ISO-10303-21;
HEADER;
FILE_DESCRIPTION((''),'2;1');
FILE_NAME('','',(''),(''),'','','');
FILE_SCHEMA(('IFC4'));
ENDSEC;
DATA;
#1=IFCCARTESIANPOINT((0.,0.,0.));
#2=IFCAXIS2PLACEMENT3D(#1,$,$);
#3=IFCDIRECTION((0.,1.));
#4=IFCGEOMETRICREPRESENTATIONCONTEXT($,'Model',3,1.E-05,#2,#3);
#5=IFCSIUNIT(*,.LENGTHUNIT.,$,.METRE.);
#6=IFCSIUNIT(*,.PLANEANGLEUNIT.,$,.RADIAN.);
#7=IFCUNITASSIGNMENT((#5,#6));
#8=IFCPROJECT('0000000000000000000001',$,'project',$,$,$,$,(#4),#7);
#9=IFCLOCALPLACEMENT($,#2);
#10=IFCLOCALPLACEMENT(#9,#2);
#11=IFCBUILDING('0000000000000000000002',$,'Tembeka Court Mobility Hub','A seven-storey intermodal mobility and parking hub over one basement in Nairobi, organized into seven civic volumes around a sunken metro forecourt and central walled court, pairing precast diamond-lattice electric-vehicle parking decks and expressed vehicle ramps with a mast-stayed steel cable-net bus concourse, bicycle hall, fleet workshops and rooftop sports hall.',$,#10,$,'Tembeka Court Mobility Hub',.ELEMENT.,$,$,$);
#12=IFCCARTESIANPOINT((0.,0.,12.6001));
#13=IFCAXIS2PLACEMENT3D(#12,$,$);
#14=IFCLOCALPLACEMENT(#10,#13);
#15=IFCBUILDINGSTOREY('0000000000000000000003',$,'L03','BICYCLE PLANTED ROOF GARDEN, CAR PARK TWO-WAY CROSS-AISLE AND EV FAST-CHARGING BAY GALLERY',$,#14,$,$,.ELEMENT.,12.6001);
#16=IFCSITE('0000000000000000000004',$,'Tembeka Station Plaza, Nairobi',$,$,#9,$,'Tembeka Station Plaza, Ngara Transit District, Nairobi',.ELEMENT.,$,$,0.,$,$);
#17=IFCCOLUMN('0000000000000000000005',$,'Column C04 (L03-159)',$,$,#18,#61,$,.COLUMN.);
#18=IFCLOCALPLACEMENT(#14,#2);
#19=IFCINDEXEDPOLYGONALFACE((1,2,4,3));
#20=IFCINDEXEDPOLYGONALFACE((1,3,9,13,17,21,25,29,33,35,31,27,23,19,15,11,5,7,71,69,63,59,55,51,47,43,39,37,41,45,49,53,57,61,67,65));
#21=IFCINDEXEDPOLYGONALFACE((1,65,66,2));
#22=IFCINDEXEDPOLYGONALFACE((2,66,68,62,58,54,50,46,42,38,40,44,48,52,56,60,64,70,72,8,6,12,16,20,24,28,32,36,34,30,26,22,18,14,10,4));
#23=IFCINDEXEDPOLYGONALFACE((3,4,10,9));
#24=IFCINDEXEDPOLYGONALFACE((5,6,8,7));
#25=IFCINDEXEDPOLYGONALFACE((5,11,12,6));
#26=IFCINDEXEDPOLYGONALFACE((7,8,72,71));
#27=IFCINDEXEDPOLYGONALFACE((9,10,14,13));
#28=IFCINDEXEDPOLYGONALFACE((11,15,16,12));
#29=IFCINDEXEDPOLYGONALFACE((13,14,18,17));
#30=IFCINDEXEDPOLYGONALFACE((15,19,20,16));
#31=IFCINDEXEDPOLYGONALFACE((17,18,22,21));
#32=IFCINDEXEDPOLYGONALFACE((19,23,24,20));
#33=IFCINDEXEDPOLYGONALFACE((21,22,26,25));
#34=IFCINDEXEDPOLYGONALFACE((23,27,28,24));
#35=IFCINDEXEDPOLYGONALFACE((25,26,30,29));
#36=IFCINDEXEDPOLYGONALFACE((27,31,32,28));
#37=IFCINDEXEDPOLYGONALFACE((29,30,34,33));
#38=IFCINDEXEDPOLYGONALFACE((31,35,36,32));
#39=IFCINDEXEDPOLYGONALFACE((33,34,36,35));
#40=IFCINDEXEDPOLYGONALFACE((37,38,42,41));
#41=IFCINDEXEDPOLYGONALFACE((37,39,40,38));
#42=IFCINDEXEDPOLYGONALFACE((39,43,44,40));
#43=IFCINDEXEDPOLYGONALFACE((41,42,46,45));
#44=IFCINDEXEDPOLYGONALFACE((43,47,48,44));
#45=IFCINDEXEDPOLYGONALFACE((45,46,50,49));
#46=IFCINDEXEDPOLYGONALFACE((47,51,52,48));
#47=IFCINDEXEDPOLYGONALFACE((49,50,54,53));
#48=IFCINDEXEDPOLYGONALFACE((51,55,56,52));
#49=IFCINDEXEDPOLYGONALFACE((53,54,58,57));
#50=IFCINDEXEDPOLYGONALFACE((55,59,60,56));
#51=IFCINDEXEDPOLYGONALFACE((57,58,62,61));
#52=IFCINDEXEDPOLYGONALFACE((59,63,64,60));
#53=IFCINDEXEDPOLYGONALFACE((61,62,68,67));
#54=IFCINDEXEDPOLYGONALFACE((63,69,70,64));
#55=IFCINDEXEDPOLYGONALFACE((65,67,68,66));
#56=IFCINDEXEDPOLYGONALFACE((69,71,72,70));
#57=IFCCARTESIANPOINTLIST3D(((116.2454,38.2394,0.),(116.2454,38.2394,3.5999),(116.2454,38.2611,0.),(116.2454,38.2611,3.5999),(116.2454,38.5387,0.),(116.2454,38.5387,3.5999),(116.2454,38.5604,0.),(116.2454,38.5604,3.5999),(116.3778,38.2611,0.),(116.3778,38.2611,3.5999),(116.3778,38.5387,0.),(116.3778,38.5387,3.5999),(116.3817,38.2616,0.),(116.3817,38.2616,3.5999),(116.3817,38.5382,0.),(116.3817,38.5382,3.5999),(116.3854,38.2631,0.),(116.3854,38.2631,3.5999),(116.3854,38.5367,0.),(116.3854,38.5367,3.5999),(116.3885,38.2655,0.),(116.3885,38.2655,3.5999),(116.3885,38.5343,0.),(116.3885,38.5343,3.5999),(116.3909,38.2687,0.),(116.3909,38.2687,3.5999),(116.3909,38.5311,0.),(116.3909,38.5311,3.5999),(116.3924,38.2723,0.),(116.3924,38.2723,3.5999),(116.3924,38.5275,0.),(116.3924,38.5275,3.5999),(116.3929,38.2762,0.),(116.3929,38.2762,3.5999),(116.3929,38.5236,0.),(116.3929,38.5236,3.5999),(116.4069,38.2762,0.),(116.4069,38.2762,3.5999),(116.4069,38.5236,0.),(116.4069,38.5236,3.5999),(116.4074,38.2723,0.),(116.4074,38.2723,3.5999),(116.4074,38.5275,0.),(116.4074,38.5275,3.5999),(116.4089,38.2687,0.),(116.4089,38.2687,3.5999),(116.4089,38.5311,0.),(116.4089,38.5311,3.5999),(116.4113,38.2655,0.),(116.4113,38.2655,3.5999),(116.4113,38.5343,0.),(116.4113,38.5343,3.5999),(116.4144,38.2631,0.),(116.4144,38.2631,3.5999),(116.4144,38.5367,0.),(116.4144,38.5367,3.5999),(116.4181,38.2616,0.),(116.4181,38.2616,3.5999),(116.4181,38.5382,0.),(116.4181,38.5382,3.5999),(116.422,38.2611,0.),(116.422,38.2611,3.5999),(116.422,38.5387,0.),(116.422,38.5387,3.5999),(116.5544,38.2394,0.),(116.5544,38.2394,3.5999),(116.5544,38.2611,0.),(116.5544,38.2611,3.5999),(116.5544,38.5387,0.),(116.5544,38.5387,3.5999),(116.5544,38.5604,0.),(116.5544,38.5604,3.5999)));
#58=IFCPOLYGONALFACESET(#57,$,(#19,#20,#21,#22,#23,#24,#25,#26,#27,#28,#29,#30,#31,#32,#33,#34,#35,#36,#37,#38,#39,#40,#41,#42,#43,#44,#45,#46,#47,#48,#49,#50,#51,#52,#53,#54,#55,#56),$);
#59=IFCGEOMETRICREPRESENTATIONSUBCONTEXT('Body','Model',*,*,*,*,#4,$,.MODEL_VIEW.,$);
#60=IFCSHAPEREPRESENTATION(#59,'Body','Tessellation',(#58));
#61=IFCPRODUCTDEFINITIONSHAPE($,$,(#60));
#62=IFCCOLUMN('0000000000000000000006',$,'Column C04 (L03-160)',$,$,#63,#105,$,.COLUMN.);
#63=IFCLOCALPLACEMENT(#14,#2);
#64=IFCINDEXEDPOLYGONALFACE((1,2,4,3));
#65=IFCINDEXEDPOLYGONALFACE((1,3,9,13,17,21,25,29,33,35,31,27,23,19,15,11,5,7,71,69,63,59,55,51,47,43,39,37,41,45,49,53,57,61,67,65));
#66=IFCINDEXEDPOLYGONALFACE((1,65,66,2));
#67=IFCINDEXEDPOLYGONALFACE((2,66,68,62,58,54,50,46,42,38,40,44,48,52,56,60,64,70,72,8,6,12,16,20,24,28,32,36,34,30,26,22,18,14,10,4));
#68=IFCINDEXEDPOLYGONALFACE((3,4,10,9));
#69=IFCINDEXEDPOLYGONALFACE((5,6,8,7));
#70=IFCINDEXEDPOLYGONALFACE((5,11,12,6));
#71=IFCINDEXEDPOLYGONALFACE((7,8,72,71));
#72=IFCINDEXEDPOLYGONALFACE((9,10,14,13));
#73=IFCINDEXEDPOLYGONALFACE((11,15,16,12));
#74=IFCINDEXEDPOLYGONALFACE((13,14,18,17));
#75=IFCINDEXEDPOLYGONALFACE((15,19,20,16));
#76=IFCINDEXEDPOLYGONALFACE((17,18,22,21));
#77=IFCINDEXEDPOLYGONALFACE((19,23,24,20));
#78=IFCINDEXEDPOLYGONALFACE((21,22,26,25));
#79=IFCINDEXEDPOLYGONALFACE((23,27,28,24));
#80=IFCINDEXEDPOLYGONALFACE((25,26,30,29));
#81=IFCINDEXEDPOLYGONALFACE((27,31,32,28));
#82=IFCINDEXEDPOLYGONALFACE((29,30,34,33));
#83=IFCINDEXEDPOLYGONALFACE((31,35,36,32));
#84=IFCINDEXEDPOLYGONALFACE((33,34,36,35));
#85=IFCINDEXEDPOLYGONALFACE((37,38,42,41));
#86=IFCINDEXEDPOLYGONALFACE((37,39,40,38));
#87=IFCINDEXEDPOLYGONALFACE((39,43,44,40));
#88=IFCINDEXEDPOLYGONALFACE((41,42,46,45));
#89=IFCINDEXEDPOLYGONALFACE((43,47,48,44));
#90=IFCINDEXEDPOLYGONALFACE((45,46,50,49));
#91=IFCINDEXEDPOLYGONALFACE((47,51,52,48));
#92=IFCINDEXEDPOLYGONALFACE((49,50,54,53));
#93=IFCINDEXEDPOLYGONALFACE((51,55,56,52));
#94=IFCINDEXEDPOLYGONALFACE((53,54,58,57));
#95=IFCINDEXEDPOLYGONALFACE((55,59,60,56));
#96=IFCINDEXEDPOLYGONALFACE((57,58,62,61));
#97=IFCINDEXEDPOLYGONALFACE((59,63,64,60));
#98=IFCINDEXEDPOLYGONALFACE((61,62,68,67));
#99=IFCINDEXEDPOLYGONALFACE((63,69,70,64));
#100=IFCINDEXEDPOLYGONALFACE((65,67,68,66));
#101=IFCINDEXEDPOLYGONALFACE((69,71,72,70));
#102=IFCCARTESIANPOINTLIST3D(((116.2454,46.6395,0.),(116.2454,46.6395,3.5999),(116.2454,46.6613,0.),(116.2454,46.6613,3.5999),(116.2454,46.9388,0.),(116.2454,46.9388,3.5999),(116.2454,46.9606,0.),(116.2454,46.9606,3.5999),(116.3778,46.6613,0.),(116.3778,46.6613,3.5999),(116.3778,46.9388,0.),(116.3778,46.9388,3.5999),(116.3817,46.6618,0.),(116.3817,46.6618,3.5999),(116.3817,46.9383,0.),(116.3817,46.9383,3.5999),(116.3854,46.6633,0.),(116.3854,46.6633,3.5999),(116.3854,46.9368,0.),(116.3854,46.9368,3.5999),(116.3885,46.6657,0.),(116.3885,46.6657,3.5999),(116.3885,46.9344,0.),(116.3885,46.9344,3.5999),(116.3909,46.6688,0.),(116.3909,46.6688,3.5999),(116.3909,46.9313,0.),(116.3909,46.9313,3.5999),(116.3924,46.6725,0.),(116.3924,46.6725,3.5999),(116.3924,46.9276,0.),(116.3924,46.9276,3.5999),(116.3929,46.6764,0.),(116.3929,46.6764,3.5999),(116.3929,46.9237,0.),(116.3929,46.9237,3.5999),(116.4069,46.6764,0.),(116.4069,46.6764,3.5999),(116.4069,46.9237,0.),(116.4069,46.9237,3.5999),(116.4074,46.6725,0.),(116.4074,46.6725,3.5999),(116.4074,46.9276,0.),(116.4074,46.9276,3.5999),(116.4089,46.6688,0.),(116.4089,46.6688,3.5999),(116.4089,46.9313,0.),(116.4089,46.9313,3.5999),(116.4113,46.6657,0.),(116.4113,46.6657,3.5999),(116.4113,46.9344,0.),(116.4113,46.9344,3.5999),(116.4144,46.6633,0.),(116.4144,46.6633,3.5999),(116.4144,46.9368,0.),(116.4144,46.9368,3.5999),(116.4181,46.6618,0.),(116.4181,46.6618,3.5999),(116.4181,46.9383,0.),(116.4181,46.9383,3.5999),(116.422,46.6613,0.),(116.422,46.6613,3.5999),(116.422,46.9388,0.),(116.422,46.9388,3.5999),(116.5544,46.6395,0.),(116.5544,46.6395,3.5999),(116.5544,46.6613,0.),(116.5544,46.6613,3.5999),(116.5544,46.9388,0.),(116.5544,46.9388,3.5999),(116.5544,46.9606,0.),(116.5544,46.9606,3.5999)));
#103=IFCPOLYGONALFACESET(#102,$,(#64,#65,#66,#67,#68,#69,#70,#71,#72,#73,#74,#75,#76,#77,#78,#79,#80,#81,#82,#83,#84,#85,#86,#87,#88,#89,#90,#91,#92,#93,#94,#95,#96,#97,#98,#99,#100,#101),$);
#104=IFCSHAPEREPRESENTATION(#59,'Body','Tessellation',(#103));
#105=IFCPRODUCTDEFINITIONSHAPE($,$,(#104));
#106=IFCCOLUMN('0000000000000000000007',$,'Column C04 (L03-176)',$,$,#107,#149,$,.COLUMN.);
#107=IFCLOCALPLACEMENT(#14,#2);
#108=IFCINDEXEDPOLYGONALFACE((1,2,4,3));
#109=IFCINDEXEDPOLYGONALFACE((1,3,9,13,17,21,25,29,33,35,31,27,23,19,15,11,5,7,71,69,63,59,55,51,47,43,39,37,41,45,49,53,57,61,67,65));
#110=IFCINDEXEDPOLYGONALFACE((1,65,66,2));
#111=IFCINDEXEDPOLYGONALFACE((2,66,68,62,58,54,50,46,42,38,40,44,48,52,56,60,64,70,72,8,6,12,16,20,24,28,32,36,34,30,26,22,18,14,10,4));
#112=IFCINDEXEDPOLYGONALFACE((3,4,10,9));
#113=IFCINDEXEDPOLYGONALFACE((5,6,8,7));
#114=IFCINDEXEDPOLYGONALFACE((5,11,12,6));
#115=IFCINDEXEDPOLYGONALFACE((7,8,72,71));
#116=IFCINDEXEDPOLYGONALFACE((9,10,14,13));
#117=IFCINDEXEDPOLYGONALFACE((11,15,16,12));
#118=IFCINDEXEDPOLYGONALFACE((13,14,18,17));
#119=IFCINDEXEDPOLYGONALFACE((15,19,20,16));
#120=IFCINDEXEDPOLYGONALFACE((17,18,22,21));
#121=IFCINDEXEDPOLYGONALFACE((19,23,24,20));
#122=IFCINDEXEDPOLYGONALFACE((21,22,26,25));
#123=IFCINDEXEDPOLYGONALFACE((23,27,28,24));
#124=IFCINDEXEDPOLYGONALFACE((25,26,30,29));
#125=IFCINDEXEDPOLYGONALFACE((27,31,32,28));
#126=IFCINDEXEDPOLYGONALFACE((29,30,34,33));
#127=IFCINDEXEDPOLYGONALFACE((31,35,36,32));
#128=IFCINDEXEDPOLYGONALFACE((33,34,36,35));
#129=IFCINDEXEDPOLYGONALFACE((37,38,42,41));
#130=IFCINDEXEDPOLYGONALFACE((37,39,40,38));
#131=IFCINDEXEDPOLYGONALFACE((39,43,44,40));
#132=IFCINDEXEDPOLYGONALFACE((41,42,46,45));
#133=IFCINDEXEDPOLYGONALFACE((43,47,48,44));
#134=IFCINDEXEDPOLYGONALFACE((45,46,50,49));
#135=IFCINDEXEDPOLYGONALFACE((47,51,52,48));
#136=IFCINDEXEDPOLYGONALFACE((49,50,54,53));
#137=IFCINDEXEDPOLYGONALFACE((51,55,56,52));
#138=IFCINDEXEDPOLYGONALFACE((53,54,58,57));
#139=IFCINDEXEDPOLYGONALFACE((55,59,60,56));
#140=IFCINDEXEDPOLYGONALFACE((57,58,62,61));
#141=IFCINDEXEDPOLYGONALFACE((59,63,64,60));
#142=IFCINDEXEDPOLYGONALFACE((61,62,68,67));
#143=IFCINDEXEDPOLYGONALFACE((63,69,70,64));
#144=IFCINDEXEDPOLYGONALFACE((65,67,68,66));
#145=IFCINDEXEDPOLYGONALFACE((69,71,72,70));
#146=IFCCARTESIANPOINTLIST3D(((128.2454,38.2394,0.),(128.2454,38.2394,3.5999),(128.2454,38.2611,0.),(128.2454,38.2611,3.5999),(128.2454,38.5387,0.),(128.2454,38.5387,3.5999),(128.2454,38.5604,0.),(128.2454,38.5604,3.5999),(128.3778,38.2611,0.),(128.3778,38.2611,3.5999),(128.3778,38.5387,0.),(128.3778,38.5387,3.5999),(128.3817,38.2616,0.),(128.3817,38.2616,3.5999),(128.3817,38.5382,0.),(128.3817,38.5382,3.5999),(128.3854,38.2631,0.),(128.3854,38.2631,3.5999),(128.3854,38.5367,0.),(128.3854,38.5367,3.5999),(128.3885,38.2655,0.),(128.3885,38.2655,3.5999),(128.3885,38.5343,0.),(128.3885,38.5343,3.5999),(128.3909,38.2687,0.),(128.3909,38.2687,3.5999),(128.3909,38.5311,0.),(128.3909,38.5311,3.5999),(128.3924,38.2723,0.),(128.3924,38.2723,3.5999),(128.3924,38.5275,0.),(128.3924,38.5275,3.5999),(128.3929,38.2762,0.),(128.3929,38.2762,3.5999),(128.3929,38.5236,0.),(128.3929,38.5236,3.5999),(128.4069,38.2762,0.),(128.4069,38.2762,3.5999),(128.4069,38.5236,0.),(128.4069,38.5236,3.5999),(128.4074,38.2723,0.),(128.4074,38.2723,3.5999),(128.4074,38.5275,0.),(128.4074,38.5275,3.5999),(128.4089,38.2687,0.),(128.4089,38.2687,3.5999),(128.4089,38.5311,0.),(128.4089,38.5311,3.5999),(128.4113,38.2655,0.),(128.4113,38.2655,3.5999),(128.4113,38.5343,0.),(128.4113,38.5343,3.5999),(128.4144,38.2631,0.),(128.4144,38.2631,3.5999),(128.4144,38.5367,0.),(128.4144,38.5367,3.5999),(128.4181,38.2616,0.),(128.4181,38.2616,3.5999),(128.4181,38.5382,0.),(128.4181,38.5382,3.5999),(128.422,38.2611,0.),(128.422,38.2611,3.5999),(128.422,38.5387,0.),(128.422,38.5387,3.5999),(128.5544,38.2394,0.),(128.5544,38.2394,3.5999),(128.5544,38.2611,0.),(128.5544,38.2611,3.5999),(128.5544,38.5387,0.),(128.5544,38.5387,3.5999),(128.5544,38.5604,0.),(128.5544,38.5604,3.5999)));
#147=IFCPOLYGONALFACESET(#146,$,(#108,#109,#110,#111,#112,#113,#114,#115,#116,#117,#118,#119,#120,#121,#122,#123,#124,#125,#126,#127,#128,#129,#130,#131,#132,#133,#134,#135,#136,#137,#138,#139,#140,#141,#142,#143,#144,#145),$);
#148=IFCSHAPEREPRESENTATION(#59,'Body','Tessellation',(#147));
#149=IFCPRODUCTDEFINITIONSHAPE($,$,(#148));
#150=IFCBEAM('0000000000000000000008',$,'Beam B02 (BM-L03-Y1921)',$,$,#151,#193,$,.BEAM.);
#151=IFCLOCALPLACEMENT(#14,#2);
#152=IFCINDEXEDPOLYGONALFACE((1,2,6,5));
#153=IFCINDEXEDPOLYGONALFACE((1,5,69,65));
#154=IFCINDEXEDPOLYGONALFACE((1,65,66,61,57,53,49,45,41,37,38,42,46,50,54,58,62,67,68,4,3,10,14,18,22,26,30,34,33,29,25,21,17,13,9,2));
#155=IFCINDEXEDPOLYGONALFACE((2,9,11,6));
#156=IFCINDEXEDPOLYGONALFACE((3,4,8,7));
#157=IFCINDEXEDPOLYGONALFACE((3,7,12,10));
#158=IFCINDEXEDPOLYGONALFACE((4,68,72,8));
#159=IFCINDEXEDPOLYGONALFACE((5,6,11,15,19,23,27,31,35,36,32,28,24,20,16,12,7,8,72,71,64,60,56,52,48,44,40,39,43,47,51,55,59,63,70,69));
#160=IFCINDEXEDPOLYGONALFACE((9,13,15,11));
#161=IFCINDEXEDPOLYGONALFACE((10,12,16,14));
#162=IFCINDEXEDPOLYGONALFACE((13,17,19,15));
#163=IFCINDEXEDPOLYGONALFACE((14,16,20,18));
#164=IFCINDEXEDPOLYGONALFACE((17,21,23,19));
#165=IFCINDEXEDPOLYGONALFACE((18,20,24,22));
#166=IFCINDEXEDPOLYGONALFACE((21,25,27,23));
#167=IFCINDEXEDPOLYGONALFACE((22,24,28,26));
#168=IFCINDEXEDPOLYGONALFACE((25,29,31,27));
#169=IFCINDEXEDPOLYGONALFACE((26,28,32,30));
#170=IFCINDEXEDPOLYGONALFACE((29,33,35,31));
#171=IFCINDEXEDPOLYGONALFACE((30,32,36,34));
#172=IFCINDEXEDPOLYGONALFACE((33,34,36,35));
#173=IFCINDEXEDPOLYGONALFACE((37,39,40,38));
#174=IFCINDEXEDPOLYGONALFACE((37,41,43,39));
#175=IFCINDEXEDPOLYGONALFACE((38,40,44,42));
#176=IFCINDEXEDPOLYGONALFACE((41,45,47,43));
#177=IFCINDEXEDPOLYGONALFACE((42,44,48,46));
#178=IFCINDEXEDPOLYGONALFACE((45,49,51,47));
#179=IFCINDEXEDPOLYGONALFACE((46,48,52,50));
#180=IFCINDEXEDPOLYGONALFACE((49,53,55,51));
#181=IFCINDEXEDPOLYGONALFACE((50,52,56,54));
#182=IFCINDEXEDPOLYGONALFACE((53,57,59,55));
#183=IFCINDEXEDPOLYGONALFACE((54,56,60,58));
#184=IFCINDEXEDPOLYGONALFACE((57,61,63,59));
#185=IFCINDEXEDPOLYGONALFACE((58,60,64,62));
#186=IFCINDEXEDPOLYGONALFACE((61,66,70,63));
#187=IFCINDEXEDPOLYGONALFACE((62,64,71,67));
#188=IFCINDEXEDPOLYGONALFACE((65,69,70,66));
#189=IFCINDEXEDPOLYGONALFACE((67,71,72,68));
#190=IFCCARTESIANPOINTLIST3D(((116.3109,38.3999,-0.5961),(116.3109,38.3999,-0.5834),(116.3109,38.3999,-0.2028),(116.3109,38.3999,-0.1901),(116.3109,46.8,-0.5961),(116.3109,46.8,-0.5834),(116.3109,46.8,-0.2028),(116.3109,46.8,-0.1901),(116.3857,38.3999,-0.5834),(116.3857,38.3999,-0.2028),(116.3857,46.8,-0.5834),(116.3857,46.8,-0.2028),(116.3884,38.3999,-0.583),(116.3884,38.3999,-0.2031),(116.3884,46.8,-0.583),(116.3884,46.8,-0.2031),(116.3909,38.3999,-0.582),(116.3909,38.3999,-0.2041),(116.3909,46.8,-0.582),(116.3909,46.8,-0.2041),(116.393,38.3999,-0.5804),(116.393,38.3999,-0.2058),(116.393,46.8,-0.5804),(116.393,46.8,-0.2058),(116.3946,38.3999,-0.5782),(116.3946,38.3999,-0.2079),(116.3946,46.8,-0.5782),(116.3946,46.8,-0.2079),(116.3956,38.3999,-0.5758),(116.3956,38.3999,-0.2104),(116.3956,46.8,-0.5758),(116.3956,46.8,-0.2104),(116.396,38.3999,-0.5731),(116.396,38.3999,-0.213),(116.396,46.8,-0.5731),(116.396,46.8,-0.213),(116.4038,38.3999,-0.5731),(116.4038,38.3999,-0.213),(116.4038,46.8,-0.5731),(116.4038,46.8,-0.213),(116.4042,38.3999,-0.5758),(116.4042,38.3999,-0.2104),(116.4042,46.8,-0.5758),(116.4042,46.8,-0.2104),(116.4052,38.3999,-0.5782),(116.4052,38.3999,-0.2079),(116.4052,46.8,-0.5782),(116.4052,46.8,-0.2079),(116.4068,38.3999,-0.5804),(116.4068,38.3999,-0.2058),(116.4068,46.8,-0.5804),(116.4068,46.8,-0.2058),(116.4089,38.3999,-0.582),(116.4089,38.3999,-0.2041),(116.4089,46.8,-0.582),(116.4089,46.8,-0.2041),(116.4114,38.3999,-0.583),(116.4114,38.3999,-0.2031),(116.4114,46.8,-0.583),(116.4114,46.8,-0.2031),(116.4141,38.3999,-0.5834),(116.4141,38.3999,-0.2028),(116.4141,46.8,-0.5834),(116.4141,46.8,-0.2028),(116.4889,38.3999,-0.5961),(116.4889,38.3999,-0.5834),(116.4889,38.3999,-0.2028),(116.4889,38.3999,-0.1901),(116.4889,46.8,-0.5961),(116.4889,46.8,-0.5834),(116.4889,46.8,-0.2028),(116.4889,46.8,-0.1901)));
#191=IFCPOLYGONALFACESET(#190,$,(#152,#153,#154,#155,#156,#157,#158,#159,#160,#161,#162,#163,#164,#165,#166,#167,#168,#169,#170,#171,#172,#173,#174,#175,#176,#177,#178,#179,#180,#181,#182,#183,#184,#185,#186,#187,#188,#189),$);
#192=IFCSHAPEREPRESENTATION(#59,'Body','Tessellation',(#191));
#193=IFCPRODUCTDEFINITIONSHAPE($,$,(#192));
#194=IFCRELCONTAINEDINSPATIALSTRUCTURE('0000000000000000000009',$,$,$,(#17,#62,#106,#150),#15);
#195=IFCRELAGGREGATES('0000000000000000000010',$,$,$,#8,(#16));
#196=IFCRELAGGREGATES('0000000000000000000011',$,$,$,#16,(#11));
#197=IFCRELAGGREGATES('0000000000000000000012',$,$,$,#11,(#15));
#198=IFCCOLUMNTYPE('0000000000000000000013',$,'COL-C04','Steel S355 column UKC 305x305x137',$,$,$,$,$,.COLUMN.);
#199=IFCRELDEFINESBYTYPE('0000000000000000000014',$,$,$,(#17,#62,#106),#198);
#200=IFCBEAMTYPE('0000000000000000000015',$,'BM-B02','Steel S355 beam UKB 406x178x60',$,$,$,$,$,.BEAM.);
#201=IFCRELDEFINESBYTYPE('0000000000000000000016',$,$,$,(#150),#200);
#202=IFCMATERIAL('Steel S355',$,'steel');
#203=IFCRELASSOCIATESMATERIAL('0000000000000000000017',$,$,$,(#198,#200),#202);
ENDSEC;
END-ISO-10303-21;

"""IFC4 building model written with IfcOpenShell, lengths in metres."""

from ifc_helpers import new_model, si_unit, direction, frame, origin, origin_2d, place, context, subcontext, project, spatial, i_section, extrude, material, material_profile, profile_set, type_object, element, save


model = new_model("IFC4")

# Units and contexts
model_context = context("Model", 3, precision=1e-05, world=origin(), true_north=direction((0.0, 1.0)))
body_context = subcontext(model_context, "Body", "Model", "MODEL_VIEW")
ifc_project = project(units=[si_unit("LENGTHUNIT", "METRE"), si_unit("PLANEANGLEUNIT", "RADIAN")], contexts=[model_context])

# Site, building, storey
site_placement = place(None, origin())
site = spatial("IfcSite", under=ifc_project, at=site_placement, Name="Tembeka Station Plaza, Nairobi", LongName="Tembeka Station Plaza, Ngara Transit District, Nairobi", CompositionType="ELEMENT", RefElevation=0.0)
building_placement = place(site_placement, origin())
building = spatial("IfcBuilding", under=site, at=building_placement, Name="Tembeka Court Mobility Hub", Description="A seven-storey intermodal mobility and parking hub over one basement in Nairobi, organized into seven civic volumes around a sunken metro forecourt and central walled court, pairing precast diamond-lattice electric-vehicle parking decks and expressed vehicle ramps with a mast-stayed steel cable-net bus concourse, bicycle hall, fleet workshops and rooftop sports hall.", LongName="Tembeka Court Mobility Hub", CompositionType="ELEMENT")
storey_placement = place(building_placement, frame((0.0, 0.0, 12.6001)))
storey = spatial("IfcBuildingStorey", under=building, at=storey_placement, Name="L03", Description="BICYCLE PLANTED ROOF GARDEN, CAR PARK TWO-WAY CROSS-AISLE AND EV FAST-CHARGING BAY GALLERY", CompositionType="ELEMENT", Elevation=12.6001)

# Columns
ifc_material_1 = material(Name="Steel S355", Category="steel")
ifc_material_profile_1 = material_profile(ifc_material_1, i_section(OverallWidth=0.3091, OverallDepth=0.321, WebThickness=0.0139, FlangeThickness=0.0217, FilletRadius=0.0151, at=origin_2d()), Name="UKC 305x305x137")
ifc_profile_set_1 = profile_set([ifc_material_profile_1], Name="Steel S355")
column_type = type_object("IfcColumnType", Name="COL-C04", Description="Steel S355 column UKC 305x305x137", PredefinedType="COLUMN", material=ifc_profile_set_1)
for number, where, z_axis, x_axis, name in (
    (1, (116.3999, 38.3999, 0.0), (0.0, 0.0, 1.0), (1.0, 0.0, 0.0), "Column C04 (L03-159)"),
    (2, (116.3999, 46.8, 0.0), (0.0, 0.0, 1.0), (1.0, 0.0, 0.0), "Column C04 (L03-160)"),
    (3, (128.3999, 38.3999, 0.0), (0.0, 0.0, 1.0), (1.0, 0.0, 0.0), "Column C04 (L03-176)"),
):
    element("IfcColumn", number, at=place(storey_placement, frame(where, z_axis=z_axis, x_axis=x_axis)), inside=storey, type_object=column_type, Name=name, PredefinedType="COLUMN", context=body_context, shape_type="SweptSolid", body=[
        extrude(i_section(OverallWidth=0.3091, OverallDepth=0.321, WebThickness=0.0139, FlangeThickness=0.0217, FilletRadius=0.0151, at=origin_2d()), origin(), (0.0, 0.0, 1.0), 3.5999),
    ])

# Beam
ifc_material_profile_2 = material_profile(ifc_material_1, i_section(OverallWidth=0.178, OverallDepth=0.406, WebThickness=0.0078, FlangeThickness=0.0127, FilletRadius=0.0103, at=origin_2d()), Name="UKB 406x178x60")
ifc_profile_set_2 = profile_set([ifc_material_profile_2], Name="Steel S355")
beam_type_1 = type_object("IfcBeamType", Name="BM-B02", Description="Steel S355 beam UKB 406x178x60", PredefinedType="BEAM", material=ifc_profile_set_2)
beam_placement = place(storey_placement, frame((116.3999, 38.3999, -0.3931), z_axis=(0.0, 1.0, 0.0), x_axis=(-1.0, 0.0, 0.0)))
element("IfcBeam", 4, at=beam_placement, inside=storey, type_object=beam_type_1, Name="Beam B02 (BM-L03-Y1921)", PredefinedType="BEAM", context=body_context, shape_type="SweptSolid", body=[
    extrude(i_section(OverallWidth=0.178, OverallDepth=0.406, WebThickness=0.0078, FlangeThickness=0.0127, FilletRadius=0.0103, at=origin_2d()), origin(), (0.0, 0.0, 1.0), 8.4001),
])

save(model, "model.ifc")
